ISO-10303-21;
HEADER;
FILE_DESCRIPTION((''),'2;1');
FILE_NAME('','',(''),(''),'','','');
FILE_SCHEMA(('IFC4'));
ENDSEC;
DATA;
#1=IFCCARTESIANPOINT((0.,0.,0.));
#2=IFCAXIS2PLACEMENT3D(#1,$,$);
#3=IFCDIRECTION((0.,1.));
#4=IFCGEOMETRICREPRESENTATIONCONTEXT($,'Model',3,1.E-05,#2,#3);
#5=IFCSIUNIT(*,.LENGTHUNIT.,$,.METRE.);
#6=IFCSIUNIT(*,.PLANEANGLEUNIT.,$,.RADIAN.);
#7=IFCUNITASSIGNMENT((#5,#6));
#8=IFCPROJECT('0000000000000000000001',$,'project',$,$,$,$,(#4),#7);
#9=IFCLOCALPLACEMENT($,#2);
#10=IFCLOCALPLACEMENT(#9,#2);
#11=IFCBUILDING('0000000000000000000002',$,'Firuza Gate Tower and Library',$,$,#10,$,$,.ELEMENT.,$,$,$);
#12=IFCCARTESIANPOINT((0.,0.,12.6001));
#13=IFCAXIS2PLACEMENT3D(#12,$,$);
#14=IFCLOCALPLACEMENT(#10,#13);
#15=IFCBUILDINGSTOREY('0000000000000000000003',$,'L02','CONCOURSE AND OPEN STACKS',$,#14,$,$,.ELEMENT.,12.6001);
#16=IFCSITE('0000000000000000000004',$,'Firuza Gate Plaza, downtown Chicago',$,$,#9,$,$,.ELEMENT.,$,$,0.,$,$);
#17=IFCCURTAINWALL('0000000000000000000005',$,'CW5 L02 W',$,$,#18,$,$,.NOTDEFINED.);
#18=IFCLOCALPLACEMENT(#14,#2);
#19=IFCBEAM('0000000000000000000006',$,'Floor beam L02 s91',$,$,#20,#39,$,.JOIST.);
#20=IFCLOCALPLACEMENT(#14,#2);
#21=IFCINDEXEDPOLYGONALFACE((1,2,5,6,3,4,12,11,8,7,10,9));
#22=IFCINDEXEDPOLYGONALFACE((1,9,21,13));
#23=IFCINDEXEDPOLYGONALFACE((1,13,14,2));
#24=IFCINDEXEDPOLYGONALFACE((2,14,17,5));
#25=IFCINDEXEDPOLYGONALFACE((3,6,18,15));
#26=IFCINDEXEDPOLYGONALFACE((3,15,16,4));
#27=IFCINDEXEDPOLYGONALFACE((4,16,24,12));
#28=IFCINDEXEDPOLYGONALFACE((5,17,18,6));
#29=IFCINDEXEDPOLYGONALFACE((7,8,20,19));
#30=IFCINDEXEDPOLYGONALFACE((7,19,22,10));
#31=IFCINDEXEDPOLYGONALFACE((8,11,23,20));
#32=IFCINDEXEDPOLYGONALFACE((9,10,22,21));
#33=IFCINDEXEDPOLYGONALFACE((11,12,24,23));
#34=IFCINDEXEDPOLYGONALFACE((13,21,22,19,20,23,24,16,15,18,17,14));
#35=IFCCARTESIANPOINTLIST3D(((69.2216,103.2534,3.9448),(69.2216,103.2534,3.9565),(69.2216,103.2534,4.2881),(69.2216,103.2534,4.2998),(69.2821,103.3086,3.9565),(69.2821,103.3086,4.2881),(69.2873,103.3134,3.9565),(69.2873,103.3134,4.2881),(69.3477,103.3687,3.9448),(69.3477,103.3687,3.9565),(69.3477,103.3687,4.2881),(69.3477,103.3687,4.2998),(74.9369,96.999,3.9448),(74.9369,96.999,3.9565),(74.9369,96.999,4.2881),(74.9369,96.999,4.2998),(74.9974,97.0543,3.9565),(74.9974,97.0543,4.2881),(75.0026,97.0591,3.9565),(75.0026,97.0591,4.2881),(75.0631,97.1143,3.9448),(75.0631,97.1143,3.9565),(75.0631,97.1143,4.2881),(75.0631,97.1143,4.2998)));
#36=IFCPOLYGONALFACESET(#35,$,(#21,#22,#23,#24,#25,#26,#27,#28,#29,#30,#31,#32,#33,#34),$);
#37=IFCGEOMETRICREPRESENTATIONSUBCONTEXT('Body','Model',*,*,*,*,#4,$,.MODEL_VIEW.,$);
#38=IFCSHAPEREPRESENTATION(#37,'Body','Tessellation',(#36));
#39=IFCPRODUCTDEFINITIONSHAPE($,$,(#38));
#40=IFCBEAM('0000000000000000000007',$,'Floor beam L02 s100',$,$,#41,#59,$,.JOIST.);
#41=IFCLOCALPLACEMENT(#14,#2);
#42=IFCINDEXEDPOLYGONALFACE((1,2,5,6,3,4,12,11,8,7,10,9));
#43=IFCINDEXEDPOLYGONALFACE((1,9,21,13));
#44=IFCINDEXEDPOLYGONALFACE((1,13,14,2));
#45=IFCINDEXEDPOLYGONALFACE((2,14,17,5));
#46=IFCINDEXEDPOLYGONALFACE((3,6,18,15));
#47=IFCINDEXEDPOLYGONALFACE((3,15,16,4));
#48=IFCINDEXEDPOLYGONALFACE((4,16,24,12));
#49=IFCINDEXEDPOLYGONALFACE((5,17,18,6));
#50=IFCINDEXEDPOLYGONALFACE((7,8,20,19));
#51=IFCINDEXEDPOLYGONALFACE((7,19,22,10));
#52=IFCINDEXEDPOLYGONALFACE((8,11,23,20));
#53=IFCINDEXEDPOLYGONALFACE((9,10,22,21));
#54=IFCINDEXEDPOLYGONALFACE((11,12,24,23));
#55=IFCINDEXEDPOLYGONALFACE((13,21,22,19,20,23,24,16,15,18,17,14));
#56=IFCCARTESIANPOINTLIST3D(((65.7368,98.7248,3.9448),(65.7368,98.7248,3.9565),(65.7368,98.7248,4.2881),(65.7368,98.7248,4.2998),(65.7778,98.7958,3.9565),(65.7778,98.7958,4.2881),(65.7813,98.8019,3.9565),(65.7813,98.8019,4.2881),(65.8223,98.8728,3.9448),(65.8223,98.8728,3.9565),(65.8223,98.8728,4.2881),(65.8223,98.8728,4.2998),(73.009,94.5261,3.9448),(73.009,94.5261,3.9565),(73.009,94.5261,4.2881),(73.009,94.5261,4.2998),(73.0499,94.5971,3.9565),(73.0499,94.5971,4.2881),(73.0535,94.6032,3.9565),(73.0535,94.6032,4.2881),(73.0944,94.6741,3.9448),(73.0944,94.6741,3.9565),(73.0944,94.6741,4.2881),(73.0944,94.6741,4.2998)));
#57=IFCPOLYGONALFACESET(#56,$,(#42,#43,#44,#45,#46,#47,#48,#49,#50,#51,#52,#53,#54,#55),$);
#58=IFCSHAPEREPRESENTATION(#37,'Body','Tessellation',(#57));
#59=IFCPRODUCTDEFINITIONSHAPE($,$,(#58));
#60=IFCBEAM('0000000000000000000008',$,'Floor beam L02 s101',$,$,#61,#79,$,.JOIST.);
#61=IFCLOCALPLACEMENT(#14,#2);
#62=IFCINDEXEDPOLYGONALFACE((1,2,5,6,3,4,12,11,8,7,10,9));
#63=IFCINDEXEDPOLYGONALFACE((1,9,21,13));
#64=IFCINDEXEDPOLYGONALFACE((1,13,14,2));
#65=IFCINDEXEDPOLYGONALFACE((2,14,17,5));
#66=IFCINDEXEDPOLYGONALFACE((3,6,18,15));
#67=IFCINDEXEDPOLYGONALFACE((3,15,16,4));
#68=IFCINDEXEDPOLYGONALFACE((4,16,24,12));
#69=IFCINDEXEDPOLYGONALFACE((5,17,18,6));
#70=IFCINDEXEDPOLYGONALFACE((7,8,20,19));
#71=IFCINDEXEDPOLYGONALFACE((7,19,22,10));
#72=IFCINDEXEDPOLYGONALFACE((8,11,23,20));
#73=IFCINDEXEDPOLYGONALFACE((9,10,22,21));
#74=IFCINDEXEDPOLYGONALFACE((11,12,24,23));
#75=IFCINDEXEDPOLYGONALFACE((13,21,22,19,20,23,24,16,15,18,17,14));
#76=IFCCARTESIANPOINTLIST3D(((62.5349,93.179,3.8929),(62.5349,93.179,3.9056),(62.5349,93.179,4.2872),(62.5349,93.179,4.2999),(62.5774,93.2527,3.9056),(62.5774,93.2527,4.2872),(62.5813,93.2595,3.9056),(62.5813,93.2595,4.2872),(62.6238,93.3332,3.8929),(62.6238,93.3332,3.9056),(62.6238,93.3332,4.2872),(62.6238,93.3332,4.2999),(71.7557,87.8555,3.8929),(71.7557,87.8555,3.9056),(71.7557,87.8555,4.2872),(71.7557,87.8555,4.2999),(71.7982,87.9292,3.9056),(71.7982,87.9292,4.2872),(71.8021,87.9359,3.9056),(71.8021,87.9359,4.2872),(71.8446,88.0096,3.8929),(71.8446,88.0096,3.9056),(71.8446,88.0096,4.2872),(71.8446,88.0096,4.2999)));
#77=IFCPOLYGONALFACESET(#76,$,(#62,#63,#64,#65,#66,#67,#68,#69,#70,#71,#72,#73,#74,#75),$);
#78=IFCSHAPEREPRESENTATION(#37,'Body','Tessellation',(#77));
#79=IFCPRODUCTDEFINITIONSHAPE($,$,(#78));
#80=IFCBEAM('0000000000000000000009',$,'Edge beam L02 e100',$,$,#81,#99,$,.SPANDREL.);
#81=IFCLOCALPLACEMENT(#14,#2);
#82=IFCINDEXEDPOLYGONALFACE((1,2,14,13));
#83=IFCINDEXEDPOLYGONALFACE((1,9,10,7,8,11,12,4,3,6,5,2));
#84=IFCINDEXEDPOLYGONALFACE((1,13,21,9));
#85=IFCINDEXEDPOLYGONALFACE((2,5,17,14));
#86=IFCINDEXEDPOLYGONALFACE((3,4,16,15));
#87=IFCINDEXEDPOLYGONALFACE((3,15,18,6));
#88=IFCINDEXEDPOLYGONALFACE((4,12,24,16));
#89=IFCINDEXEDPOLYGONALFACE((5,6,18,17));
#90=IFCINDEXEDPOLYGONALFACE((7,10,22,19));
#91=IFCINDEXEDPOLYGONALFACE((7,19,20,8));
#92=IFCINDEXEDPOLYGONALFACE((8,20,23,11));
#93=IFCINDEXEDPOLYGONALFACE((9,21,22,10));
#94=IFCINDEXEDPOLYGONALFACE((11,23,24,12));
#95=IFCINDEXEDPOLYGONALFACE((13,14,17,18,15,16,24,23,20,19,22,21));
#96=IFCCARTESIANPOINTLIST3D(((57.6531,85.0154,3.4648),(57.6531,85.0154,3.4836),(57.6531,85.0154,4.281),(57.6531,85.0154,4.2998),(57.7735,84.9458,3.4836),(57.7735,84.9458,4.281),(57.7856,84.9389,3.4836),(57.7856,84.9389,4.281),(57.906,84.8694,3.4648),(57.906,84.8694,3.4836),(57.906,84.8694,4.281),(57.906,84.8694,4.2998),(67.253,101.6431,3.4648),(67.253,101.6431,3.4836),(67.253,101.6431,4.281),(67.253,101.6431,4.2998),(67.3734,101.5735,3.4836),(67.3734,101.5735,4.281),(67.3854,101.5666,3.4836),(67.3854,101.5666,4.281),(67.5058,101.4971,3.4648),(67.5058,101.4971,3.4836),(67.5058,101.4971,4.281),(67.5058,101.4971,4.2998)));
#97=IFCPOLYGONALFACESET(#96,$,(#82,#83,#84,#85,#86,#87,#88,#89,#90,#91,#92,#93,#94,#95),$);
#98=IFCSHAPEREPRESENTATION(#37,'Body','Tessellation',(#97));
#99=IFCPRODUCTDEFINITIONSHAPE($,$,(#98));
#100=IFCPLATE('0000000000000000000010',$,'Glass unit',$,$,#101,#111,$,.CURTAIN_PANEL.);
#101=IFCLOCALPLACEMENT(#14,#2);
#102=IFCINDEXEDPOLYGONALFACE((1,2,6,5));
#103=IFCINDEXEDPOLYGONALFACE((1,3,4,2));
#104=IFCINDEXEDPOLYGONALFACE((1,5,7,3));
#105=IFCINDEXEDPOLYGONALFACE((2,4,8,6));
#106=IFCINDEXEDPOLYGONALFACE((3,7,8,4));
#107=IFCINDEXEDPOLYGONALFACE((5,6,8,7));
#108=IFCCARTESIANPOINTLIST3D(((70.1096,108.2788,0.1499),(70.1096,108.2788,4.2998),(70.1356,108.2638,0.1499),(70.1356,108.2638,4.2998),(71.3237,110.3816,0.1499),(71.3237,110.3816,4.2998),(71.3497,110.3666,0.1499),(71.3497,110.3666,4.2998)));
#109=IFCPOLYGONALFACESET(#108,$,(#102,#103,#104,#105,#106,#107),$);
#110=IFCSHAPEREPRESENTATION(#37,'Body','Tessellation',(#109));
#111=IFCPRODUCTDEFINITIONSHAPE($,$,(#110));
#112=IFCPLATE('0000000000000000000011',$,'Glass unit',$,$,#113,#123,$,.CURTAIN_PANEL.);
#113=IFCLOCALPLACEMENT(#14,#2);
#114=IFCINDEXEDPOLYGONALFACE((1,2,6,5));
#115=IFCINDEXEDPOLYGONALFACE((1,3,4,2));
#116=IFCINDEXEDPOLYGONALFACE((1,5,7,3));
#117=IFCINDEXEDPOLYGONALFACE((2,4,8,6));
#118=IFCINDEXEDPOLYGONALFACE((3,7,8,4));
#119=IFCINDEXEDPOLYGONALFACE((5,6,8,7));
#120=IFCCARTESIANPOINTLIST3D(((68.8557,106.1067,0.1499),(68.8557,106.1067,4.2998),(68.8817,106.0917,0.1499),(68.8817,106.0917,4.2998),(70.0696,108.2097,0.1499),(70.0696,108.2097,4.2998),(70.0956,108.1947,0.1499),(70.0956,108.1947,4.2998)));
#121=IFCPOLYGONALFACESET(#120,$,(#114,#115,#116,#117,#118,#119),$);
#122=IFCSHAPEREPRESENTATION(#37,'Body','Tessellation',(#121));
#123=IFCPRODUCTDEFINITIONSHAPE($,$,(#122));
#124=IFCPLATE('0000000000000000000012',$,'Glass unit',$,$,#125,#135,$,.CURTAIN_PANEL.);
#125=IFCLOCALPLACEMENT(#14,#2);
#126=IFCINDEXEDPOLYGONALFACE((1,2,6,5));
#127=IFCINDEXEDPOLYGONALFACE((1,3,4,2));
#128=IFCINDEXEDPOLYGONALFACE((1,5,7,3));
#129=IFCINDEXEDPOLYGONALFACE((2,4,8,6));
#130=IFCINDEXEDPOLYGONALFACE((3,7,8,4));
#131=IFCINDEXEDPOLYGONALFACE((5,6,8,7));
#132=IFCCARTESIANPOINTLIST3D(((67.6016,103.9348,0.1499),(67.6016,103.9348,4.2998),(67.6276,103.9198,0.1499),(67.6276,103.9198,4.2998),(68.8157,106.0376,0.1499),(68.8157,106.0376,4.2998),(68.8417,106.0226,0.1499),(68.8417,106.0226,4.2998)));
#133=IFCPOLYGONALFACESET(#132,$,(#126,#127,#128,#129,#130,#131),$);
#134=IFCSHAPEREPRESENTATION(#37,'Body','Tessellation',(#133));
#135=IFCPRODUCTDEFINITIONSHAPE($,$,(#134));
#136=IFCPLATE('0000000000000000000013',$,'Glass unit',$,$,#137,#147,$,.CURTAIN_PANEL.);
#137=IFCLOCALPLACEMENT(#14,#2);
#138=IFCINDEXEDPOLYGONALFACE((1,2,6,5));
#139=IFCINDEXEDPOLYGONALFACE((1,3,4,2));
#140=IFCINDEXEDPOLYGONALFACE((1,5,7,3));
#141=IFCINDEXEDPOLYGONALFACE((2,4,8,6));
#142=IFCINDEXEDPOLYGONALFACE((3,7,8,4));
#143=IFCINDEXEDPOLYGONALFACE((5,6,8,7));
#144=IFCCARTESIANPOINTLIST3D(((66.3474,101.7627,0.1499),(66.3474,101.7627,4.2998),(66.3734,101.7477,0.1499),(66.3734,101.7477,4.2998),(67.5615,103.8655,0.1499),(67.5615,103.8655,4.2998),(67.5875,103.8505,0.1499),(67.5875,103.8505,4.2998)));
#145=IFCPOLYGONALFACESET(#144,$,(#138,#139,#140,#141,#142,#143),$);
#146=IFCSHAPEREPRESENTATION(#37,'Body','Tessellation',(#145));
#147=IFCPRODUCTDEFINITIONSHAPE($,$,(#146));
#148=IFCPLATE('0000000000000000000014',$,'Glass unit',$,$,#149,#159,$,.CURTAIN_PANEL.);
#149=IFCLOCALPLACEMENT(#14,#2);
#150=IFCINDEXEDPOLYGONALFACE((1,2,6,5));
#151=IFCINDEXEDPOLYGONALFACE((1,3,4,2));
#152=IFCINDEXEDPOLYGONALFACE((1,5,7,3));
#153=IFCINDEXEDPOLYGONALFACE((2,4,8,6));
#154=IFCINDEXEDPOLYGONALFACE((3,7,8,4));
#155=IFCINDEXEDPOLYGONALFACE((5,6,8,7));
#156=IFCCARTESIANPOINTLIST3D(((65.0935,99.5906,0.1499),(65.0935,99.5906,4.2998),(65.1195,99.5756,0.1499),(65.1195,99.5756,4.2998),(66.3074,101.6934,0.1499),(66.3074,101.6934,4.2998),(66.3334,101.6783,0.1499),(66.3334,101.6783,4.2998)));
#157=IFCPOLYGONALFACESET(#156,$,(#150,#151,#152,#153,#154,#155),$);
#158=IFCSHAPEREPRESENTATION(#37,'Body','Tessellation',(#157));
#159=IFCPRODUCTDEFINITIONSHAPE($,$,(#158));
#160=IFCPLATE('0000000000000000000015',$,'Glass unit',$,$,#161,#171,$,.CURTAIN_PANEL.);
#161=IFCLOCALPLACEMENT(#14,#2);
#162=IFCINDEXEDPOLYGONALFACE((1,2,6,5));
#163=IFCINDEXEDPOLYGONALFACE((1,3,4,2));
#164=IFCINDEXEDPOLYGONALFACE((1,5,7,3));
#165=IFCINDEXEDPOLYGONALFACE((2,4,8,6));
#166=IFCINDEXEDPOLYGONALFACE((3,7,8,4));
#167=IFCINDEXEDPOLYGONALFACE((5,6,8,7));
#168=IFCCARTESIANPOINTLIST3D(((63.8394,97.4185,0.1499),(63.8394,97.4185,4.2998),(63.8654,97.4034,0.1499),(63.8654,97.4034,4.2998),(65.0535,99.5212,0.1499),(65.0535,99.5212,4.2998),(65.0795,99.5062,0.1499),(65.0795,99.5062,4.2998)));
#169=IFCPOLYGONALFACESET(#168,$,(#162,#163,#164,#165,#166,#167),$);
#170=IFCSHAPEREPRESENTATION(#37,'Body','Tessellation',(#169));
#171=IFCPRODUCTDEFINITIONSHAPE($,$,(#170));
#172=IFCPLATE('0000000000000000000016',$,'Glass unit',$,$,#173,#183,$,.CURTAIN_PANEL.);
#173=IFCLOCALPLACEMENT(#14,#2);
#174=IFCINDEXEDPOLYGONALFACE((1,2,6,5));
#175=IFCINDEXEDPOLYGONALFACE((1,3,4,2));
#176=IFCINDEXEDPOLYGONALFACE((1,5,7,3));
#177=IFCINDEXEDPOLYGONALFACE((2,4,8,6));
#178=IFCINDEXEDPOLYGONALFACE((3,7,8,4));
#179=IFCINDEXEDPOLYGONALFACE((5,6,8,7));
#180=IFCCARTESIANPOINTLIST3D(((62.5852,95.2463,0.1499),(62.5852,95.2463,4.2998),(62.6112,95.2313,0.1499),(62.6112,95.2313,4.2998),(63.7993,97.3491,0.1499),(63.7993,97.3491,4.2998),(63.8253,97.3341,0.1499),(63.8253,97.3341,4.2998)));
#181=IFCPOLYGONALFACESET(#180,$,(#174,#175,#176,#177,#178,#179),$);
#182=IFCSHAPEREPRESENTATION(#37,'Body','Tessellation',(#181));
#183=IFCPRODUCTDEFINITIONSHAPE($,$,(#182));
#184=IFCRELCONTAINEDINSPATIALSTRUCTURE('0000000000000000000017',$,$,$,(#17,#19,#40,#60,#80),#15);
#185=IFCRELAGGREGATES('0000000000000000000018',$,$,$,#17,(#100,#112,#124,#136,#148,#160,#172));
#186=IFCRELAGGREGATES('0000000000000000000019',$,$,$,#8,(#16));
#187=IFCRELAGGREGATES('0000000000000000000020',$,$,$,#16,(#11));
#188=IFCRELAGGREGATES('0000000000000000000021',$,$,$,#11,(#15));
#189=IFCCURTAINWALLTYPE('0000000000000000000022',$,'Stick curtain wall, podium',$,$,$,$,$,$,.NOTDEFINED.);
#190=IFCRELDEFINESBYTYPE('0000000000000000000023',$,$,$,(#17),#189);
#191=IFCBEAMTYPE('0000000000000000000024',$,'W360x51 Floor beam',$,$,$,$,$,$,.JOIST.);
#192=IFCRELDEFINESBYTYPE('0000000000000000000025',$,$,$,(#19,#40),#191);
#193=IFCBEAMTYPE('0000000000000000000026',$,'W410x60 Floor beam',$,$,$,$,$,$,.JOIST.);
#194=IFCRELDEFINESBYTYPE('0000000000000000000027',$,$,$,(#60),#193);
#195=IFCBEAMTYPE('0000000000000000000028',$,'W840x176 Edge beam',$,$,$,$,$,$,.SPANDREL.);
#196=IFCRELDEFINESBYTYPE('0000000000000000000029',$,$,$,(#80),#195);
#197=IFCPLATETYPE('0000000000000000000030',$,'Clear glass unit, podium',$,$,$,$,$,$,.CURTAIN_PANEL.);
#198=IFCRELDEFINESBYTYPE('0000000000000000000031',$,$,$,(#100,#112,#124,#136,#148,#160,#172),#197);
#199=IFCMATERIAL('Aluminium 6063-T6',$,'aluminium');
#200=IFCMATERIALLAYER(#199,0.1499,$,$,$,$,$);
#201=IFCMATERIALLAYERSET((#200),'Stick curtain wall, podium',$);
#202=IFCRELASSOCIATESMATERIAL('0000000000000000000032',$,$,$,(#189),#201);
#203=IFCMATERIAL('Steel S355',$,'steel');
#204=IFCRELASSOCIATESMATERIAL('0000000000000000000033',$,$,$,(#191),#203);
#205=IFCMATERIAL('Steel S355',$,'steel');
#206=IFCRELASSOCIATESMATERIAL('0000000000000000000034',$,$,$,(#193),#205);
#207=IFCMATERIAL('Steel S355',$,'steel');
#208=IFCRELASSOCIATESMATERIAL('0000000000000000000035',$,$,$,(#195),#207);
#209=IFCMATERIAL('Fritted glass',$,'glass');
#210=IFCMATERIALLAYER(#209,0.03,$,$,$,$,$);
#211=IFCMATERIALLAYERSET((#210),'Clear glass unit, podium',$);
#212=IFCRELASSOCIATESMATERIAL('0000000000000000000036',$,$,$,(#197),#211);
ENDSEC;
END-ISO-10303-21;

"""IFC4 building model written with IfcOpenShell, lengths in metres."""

from ifc_helpers import new_model, si_unit, direction, frame, origin, origin_2d, place, context, subcontext, project, spatial, polyline, i_section, outline, extrude, material, layer, layer_set, material_profile, profile_set, type_object, element, aggregate, save


model = new_model("IFC4")

# Units and contexts
model_context = context("Model", 3, precision=1e-05, world=origin(), true_north=direction((0.0, 1.0)))
body_context = subcontext(model_context, "Body", "Model", "MODEL_VIEW")
ifc_project = project(units=[si_unit("LENGTHUNIT", "METRE"), si_unit("PLANEANGLEUNIT", "RADIAN")], contexts=[model_context])

# Site, building, storey
site_placement = place(None, origin())
site = spatial("IfcSite", under=ifc_project, at=site_placement, Name="Firuza Gate Plaza, downtown Chicago", CompositionType="ELEMENT", RefElevation=0.0)
building_placement = place(site_placement, origin())
building = spatial("IfcBuilding", under=site, at=building_placement, Name="Firuza Gate Tower and Library", CompositionType="ELEMENT")
storey_placement = place(building_placement, frame((0.0, 0.0, 12.6001)))
storey = spatial("IfcBuildingStorey", under=building, at=storey_placement, Name="L02", Description="CONCOURSE AND OPEN STACKS", CompositionType="ELEMENT", Elevation=12.6001)

# Curtain wall
ifc_material_1 = material(Name="Aluminium 6063-T6", Category="aluminium")
ifc_layer_1 = layer(ifc_material_1, 0.1499)
ifc_layer_set_1 = layer_set([ifc_layer_1], Name="Stick curtain wall, podium")
curtain_wall_type = type_object("IfcCurtainWallType", Name="Stick curtain wall, podium", PredefinedType="NOTDEFINED", material=ifc_layer_set_1)
placement = place(storey_placement, origin())
curtain_wall = element("IfcCurtainWall", 1, at=placement, inside=storey, type_object=curtain_wall_type, Name="CW5 L02 W", PredefinedType="NOTDEFINED")

# Beams
ifc_material_2 = material(Name="Steel S355", Category="steel")
ifc_material_profile_1 = material_profile(ifc_material_2, i_section(OverallWidth=0.1709, OverallDepth=0.355, WebThickness=0.0071, FlangeThickness=0.0117, at=origin_2d()))
ifc_profile_set_1 = profile_set([ifc_material_profile_1], Name="Steel S355")
beam_type_1 = type_object("IfcBeamType", Name="W360x51 Floor beam", PredefinedType="JOIST", material=ifc_profile_set_1)
beam_1_placement = place(storey_placement, frame((69.2847, 103.311, 4.1223), z_axis=(0.674578, -0.738203, 0.0), x_axis=(0.738203, 0.674578, 0.0)))
element("IfcBeam", 2, at=beam_1_placement, inside=storey, type_object=beam_type_1, Name="Floor beam L02 s91", PredefinedType="JOIST", context=body_context, shape_type="SweptSolid", body=[
    extrude(i_section(OverallWidth=0.1709, OverallDepth=0.355, WebThickness=0.0071, FlangeThickness=0.0117, at=origin_2d()), origin(), (0.0, 0.0, 1.0), 8.4724),
])
beam_2_placement = place(storey_placement, frame((65.7795, 98.7988, 4.1223), z_axis=(0.86602, -0.50001, 0.0), x_axis=(0.50001, 0.86602, 0.0)))
element("IfcBeam", 3, at=beam_2_placement, inside=storey, type_object=beam_type_1, Name="Floor beam L02 s100", PredefinedType="JOIST", context=body_context, shape_type="SweptSolid", body=[
    extrude(i_section(OverallWidth=0.1709, OverallDepth=0.355, WebThickness=0.0071, FlangeThickness=0.0117, at=origin_2d()), origin(), (0.0, 0.0, 1.0), 8.3972),
])
ifc_material_3 = material(Name="Steel S355", Category="steel")
ifc_material_profile_2 = material_profile(ifc_material_3, i_section(OverallWidth=0.178, OverallDepth=0.407, WebThickness=0.0078, FlangeThickness=0.0127, at=origin_2d()))
ifc_profile_set_2 = profile_set([ifc_material_profile_2], Name="Steel S355")
beam_type_2 = type_object("IfcBeamType", Name="W410x60 Floor beam", PredefinedType="JOIST", material=ifc_profile_set_2)
beam_3_placement = place(storey_placement, frame((62.5793, 93.2561, 4.0964), z_axis=(0.866029, -0.499994, 0.0), x_axis=(0.499994, 0.866029, 0.0)))
element("IfcBeam", 4, at=beam_3_placement, inside=storey, type_object=beam_type_2, Name="Floor beam L02 s101", PredefinedType="JOIST", context=body_context, shape_type="SweptSolid", body=[
    extrude(i_section(OverallWidth=0.178, OverallDepth=0.407, WebThickness=0.0078, FlangeThickness=0.0127, at=origin_2d()), origin(), (0.0, 0.0, 1.0), 10.6472),
])
ifc_material_4 = material(Name="Steel S355", Category="steel")
ifc_material_profile_3 = material_profile(ifc_material_4, i_section(OverallWidth=0.292, OverallDepth=0.835, WebThickness=0.0139, FlangeThickness=0.0188, at=origin_2d()))
ifc_profile_set_3 = profile_set([ifc_material_profile_3], Name="Steel S355")
beam_type_3 = type_object("IfcBeamType", Name="W840x176 Edge beam", PredefinedType="SPANDREL", material=ifc_profile_set_3)
beam_4_placement = place(storey_placement, frame((67.3794, 101.5701, 3.8823), z_axis=(-0.499994, -0.866029, 0.0), x_axis=(0.866029, -0.499994, 0.0)))
element("IfcBeam", 5, at=beam_4_placement, inside=storey, type_object=beam_type_3, Name="Edge beam L02 e100", PredefinedType="SPANDREL", context=body_context, shape_type="SweptSolid", body=[
    extrude(i_section(OverallWidth=0.292, OverallDepth=0.835, WebThickness=0.0139, FlangeThickness=0.0188, at=origin_2d()), origin(), (0.0, 0.0, 1.0), 19.2),
])

# Plates
ifc_material_5 = material(Name="Fritted glass", Category="glass")
ifc_layer_2 = layer(ifc_material_5, 0.03)
ifc_layer_set_2 = layer_set([ifc_layer_2], Name="Clear glass unit, podium")
plate_type = type_object("IfcPlateType", Name="Clear glass unit, podium", PredefinedType="CURTAIN_PANEL", material=ifc_layer_set_2)
plate_1_placement = place(storey_placement, frame((71.3237, 110.3816, 0.1499), z_axis=(-0.866013, 0.500021, 0.0), x_axis=(-0.500021, -0.866013, 0.0)))
plate_1 = element("IfcPlate", 6, at=plate_1_placement, type_object=plate_type, Name="Glass unit", PredefinedType="CURTAIN_PANEL", context=body_context, shape_type="SweptSolid", body=[
    extrude(outline(polyline([(0.0, 0.0), (2.4281, 0.0), (2.4281, 4.1499), (0.0, 4.1499), (0.0, 0.0)])), origin(), (0.0, 0.0, -1.0), 0.03),
])
plate_2_placement = place(storey_placement, frame((70.0696, 108.2097, 0.1499), z_axis=(-0.866082, 0.499902, 0.0), x_axis=(-0.499902, -0.866082, 0.0)))
plate_2 = element("IfcPlate", 7, at=plate_2_placement, type_object=plate_type, Name="Glass unit", PredefinedType="CURTAIN_PANEL", context=body_context, shape_type="SweptSolid", body=[
    extrude(outline(polyline([(0.0, 0.0), (2.4282, 0.0), (2.4282, 4.1499), (0.0, 4.1499), (0.0, 0.0)])), origin(), (0.0, 0.0, -1.0), 0.03),
])
plate_3_placement = place(storey_placement, frame((68.8157, 106.0376, 0.1499), z_axis=(-0.866013, 0.500021, 0.0), x_axis=(-0.500021, -0.866013, 0.0)))
plate_3 = element("IfcPlate", 8, at=plate_3_placement, type_object=plate_type, Name="Glass unit", PredefinedType="CURTAIN_PANEL", context=body_context, shape_type="SweptSolid", body=[
    extrude(outline(polyline([(0.0, 0.0), (2.4281, 0.0), (2.4281, 4.1499), (0.0, 4.1499), (0.0, 0.0)])), origin(), (0.0, 0.0, -1.0), 0.03),
])
plate_4_placement = place(storey_placement, frame((67.5615, 103.8655, 0.1499), z_axis=(-0.866013, 0.500021, 0.0), x_axis=(-0.500021, -0.866013, 0.0)))
plate_4 = element("IfcPlate", 9, at=plate_4_placement, type_object=plate_type, Name="Glass unit", PredefinedType="CURTAIN_PANEL", context=body_context, shape_type="SweptSolid", body=[
    extrude(outline(polyline([(0.0, 0.0), (2.4281, 0.0), (2.4281, 4.1499), (0.0, 4.1499), (0.0, 0.0)])), origin(), (0.0, 0.0, -1.0), 0.03),
])
plate_5_placement = place(storey_placement, frame((66.3074, 101.6934, 0.1499), z_axis=(-0.866057, 0.499946, 0.0), x_axis=(-0.499946, -0.866057, 0.0)))
plate_5 = element("IfcPlate", 10, at=plate_5_placement, type_object=plate_type, Name="Glass unit", PredefinedType="CURTAIN_PANEL", context=body_context, shape_type="SweptSolid", body=[
    extrude(outline(polyline([(0.0, 0.0), (2.428, 0.0), (2.428, 4.1499), (0.0, 4.1499), (0.0, 0.0)])), origin(), (0.0, 0.0, -1.0), 0.03),
])
plate_6_placement = place(storey_placement, frame((65.0535, 99.5212, 0.1499), z_axis=(-0.866013, 0.500021, 0.0), x_axis=(-0.500021, -0.866013, 0.0)))
plate_6 = element("IfcPlate", 11, at=plate_6_placement, type_object=plate_type, Name="Glass unit", PredefinedType="CURTAIN_PANEL", context=body_context, shape_type="SweptSolid", body=[
    extrude(outline(polyline([(0.0, 0.0), (2.4281, 0.0), (2.4281, 4.1499), (0.0, 4.1499), (0.0, 0.0)])), origin(), (0.0, 0.0, -1.0), 0.03),
])
plate_7_placement = place(storey_placement, frame((63.7993, 97.3491, 0.1499), z_axis=(-0.866013, 0.500021, 0.0), x_axis=(-0.500021, -0.866013, 0.0)))
plate_7 = element("IfcPlate", 12, at=plate_7_placement, type_object=plate_type, Name="Glass unit", PredefinedType="CURTAIN_PANEL", context=body_context, shape_type="SweptSolid", body=[
    extrude(outline(polyline([(0.0, 0.0), (2.4281, 0.0), (2.4281, 4.1499), (0.0, 4.1499), (0.0, 0.0)])), origin(), (0.0, 0.0, -1.0), 0.03),
])
aggregate(curtain_wall, [plate_1, plate_2, plate_3, plate_4, plate_5, plate_6, plate_7])

save(model, "model.ifc")
